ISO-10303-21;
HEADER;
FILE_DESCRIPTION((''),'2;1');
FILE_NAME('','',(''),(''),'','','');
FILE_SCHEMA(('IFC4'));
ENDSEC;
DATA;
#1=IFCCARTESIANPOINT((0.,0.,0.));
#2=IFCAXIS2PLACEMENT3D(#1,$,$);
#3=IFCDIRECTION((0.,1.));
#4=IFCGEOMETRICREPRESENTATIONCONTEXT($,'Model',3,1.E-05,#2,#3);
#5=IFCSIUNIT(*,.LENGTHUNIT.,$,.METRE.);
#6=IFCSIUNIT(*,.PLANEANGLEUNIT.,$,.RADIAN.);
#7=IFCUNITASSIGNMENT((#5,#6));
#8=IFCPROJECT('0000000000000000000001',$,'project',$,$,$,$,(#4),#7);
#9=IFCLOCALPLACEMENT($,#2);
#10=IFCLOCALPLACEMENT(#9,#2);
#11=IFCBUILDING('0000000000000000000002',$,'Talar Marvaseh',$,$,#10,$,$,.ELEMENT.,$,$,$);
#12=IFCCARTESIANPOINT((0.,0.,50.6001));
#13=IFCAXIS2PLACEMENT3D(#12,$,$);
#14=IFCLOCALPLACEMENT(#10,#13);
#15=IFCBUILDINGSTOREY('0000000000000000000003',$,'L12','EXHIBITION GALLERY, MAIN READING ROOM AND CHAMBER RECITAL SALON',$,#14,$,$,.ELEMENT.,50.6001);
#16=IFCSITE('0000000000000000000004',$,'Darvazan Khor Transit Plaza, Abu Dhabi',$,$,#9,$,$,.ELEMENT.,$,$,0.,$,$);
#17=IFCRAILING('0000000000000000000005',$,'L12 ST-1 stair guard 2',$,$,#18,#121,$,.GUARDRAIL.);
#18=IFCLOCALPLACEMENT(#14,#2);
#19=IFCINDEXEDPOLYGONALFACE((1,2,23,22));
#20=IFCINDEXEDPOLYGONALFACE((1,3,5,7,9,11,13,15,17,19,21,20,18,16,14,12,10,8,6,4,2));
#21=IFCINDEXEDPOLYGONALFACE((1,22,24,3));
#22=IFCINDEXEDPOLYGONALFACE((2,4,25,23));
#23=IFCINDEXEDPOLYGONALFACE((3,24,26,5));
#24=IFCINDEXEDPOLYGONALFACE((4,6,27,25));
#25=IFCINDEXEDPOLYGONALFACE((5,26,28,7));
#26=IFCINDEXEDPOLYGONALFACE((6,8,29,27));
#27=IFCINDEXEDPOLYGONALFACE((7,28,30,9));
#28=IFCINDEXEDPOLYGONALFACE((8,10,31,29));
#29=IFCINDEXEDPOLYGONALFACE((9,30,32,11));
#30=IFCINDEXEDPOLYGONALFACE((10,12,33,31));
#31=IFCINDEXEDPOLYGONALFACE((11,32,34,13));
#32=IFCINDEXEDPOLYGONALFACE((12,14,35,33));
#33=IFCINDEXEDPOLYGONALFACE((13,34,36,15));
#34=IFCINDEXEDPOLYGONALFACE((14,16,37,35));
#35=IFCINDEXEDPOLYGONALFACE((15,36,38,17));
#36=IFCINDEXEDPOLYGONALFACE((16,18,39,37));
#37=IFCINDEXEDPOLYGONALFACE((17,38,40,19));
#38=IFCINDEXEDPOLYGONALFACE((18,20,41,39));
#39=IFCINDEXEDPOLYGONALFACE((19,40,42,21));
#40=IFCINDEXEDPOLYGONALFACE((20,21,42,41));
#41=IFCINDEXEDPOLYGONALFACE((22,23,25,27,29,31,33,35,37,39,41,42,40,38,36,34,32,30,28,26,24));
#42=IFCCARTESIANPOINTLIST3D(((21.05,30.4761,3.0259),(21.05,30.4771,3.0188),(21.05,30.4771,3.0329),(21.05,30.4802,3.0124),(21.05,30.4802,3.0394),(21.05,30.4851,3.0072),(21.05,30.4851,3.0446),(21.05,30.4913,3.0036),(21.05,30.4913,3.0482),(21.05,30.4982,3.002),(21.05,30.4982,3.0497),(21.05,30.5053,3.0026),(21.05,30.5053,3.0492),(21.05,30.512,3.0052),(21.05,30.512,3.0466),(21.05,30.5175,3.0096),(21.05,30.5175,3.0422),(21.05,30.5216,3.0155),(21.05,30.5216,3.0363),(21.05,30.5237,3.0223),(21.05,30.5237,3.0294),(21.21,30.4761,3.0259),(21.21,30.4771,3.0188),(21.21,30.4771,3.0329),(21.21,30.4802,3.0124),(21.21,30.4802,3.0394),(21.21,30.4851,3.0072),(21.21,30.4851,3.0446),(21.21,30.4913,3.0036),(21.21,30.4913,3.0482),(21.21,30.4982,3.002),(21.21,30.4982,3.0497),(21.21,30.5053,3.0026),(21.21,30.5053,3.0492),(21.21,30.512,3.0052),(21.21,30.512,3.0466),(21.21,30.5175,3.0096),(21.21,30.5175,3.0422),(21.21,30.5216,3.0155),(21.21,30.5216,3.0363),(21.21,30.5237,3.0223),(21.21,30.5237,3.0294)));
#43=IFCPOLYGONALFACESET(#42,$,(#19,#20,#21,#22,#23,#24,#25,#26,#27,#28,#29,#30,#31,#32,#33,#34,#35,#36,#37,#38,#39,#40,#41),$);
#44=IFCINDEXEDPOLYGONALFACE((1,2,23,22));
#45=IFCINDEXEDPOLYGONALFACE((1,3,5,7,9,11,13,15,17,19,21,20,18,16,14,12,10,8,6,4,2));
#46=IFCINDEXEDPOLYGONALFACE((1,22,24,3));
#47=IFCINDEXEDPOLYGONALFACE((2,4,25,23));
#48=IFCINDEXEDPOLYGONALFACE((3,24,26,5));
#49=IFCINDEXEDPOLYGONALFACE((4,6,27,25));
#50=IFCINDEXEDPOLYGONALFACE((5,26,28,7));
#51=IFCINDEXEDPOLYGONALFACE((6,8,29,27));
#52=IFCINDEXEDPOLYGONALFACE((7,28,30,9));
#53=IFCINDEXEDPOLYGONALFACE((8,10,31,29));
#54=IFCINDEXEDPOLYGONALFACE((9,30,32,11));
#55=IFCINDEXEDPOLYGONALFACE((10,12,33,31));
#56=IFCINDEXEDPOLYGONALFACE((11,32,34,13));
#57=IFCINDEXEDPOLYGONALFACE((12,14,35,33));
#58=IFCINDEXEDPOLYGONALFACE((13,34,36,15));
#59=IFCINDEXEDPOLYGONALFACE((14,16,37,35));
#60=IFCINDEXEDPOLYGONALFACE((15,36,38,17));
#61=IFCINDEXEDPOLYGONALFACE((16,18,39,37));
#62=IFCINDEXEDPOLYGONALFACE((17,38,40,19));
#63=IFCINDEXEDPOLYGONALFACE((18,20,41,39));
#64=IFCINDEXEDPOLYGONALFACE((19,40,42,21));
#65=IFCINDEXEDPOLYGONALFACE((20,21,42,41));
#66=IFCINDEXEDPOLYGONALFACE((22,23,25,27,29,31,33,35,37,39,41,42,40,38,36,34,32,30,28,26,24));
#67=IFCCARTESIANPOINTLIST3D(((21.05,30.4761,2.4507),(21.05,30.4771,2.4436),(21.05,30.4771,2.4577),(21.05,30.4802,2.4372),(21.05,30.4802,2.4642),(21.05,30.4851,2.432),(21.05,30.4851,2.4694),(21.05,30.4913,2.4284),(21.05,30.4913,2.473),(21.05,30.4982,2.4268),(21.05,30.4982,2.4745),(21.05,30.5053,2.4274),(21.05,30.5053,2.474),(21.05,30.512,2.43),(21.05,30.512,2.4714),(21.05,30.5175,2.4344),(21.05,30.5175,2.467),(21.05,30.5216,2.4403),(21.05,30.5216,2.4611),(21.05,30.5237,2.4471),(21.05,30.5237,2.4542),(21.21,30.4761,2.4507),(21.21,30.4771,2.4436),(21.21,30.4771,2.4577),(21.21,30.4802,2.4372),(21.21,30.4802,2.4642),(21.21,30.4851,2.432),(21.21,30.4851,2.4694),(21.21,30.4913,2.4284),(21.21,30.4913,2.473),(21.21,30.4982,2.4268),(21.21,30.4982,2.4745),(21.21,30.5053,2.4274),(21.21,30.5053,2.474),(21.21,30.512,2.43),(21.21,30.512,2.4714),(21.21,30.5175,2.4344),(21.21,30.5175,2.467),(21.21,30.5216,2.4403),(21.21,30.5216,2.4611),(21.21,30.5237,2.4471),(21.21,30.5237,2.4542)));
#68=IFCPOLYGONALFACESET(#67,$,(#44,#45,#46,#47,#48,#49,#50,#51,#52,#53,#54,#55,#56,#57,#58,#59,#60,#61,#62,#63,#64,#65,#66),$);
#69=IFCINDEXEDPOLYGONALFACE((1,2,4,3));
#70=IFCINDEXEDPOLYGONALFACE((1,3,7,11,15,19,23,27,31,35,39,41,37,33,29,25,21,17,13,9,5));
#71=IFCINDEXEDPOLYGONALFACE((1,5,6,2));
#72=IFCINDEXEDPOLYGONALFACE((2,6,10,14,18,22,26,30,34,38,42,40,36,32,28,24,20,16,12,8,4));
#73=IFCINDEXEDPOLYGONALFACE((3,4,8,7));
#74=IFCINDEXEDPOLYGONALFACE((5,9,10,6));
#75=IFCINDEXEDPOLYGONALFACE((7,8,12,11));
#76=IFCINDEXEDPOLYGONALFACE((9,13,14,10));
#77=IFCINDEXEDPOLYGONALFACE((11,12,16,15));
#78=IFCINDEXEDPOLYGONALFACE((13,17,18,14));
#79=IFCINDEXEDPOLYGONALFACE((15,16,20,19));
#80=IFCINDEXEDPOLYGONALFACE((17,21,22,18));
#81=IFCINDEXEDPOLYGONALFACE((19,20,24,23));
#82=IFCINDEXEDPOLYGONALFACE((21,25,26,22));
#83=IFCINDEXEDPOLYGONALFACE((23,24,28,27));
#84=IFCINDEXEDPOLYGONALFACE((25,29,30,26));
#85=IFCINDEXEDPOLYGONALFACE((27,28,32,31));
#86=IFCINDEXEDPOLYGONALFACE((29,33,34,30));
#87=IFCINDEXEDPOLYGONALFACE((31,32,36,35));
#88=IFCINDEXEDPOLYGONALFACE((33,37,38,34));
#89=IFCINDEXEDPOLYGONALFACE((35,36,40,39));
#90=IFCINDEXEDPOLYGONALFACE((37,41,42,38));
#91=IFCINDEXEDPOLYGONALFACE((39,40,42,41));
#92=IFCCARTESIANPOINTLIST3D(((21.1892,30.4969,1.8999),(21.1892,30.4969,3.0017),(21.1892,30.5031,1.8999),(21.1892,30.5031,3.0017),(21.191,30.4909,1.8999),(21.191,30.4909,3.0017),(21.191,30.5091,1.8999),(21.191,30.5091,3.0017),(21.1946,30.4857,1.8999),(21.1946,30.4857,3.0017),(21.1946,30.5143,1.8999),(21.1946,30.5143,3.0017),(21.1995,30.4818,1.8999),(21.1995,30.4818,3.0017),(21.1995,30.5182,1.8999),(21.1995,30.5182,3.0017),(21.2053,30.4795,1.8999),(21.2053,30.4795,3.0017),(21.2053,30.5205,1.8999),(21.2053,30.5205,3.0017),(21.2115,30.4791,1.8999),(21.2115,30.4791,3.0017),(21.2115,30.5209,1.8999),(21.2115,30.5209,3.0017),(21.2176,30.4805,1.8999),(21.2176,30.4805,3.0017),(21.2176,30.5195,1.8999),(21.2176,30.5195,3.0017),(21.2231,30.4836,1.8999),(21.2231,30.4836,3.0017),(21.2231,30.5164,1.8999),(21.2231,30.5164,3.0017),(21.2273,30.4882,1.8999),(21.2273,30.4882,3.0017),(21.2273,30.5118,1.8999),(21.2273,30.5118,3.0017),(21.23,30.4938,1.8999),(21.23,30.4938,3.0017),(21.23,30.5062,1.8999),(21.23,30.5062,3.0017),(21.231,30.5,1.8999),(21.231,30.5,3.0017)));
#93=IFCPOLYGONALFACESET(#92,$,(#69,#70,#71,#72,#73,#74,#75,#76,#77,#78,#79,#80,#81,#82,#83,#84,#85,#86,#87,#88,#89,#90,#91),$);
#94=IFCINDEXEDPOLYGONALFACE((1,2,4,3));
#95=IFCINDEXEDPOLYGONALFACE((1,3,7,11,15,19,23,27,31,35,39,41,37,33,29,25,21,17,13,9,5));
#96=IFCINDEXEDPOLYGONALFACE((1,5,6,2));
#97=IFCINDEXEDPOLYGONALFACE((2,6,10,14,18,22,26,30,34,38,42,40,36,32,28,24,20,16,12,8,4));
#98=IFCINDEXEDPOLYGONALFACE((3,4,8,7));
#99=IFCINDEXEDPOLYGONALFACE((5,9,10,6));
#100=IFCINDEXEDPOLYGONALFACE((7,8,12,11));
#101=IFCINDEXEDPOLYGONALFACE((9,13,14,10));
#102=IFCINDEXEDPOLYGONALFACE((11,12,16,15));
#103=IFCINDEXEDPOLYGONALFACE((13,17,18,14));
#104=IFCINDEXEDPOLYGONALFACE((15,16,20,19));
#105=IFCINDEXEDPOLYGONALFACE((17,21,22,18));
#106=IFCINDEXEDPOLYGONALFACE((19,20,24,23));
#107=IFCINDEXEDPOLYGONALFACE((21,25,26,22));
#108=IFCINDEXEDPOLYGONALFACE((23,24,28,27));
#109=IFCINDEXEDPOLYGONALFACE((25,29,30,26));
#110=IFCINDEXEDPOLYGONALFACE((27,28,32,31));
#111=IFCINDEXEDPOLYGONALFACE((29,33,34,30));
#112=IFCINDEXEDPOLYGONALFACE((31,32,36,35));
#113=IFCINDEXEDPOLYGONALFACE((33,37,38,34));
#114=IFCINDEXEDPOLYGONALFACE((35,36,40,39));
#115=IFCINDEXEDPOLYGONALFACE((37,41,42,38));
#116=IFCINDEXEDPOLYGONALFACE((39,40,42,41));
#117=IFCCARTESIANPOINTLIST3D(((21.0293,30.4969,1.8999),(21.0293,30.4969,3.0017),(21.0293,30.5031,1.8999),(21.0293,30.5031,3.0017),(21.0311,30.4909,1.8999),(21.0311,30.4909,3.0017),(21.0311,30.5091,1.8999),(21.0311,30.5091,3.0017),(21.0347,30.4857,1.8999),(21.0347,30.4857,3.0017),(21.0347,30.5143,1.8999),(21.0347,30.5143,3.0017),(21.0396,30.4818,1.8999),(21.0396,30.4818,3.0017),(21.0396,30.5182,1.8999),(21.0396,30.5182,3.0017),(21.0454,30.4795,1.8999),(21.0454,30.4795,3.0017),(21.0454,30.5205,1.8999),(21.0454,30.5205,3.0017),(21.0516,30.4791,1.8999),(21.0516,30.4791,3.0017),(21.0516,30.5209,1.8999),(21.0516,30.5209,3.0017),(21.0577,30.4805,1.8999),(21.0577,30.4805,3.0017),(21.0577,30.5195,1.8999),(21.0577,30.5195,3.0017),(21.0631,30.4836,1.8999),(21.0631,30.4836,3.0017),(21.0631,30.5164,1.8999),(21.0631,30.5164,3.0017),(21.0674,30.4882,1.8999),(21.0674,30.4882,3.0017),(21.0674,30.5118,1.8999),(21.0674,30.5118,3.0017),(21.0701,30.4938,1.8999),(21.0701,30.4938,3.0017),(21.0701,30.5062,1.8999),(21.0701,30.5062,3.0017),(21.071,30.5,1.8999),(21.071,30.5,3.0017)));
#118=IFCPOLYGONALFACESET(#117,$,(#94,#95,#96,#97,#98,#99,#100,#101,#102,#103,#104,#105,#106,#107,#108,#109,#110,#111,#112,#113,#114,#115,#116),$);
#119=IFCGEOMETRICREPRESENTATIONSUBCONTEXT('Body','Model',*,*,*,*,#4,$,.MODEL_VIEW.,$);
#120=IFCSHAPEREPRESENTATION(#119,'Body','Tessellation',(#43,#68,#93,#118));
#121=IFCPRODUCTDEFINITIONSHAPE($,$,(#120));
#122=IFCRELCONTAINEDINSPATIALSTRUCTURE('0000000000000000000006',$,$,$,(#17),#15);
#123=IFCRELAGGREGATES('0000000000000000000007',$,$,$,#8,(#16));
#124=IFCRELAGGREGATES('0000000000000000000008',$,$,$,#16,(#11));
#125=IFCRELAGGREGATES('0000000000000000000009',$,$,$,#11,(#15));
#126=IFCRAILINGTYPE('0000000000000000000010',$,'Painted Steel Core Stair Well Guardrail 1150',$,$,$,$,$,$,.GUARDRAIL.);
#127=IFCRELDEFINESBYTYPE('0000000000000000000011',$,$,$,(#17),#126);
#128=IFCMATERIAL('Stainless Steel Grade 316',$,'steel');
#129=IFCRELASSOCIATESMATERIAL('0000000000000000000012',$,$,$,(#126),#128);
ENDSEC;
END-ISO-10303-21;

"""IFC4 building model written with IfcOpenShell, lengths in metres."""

from ifc_helpers import new_model, si_unit, direction, frame, origin, origin_2d, place, context, subcontext, project, spatial, circle, extrude, material, type_object, element, save


model = new_model("IFC4")

# Units and contexts
model_context = context("Model", 3, precision=1e-05, world=origin(), true_north=direction((0.0, 1.0)))
body_context = subcontext(model_context, "Body", "Model", "MODEL_VIEW")
ifc_project = project(units=[si_unit("LENGTHUNIT", "METRE"), si_unit("PLANEANGLEUNIT", "RADIAN")], contexts=[model_context])

# Site, building, storey
site_placement = place(None, origin())
site = spatial("IfcSite", under=ifc_project, at=site_placement, Name="Darvazan Khor Transit Plaza, Abu Dhabi", CompositionType="ELEMENT", RefElevation=0.0)
building_placement = place(site_placement, origin())
building = spatial("IfcBuilding", under=site, at=building_placement, Name="Talar Marvaseh", CompositionType="ELEMENT")
storey_placement = place(building_placement, frame((0.0, 0.0, 50.6001)))
storey = spatial("IfcBuildingStorey", under=building, at=storey_placement, Name="L12", Description="EXHIBITION GALLERY, MAIN READING ROOM AND CHAMBER RECITAL SALON", CompositionType="ELEMENT", Elevation=50.6001)

# Railing
ifc_material_1 = material(Name="Stainless Steel Grade 316", Category="steel")
railing_type_1 = type_object("IfcRailingType", Name="Painted Steel Core Stair Well Guardrail 1150", PredefinedType="GUARDRAIL", material=ifc_material_1)
railing_1_placement = place(storey_placement, frame((21.21, 30.5, 1.8999)))
element("IfcRailing", 1, at=railing_1_placement, inside=storey, type_object=railing_type_1, Name="L12 ST-1 stair guard 2", PredefinedType="GUARDRAIL", context=body_context, shape_type="SweptSolid", body=[
    extrude(circle(Radius=0.0239, at=origin_2d()), frame((0.0, 0.0, 1.126), z_axis=(-1.0, 0.0, 0.0), x_axis=(0.0, -1.0, 0.0)), (0.0, 0.0, 1.0), 0.1599),
    extrude(circle(Radius=0.0239, at=origin_2d()), frame((0.0, 0.0, 0.5508), z_axis=(-1.0, 0.0, 0.0), x_axis=(0.0, -1.0, 0.0)), (0.0, 0.0, 1.0), 0.1599),
    extrude(circle(Radius=0.021, at=origin_2d()), origin(), (0.0, 0.0, 1.0), 1.1018),
    extrude(circle(Radius=0.021, at=origin_2d()), frame((-0.1599, 0.0, 0.0)), (0.0, 0.0, 1.0), 1.1018),
])

save(model, "model.ifc")
